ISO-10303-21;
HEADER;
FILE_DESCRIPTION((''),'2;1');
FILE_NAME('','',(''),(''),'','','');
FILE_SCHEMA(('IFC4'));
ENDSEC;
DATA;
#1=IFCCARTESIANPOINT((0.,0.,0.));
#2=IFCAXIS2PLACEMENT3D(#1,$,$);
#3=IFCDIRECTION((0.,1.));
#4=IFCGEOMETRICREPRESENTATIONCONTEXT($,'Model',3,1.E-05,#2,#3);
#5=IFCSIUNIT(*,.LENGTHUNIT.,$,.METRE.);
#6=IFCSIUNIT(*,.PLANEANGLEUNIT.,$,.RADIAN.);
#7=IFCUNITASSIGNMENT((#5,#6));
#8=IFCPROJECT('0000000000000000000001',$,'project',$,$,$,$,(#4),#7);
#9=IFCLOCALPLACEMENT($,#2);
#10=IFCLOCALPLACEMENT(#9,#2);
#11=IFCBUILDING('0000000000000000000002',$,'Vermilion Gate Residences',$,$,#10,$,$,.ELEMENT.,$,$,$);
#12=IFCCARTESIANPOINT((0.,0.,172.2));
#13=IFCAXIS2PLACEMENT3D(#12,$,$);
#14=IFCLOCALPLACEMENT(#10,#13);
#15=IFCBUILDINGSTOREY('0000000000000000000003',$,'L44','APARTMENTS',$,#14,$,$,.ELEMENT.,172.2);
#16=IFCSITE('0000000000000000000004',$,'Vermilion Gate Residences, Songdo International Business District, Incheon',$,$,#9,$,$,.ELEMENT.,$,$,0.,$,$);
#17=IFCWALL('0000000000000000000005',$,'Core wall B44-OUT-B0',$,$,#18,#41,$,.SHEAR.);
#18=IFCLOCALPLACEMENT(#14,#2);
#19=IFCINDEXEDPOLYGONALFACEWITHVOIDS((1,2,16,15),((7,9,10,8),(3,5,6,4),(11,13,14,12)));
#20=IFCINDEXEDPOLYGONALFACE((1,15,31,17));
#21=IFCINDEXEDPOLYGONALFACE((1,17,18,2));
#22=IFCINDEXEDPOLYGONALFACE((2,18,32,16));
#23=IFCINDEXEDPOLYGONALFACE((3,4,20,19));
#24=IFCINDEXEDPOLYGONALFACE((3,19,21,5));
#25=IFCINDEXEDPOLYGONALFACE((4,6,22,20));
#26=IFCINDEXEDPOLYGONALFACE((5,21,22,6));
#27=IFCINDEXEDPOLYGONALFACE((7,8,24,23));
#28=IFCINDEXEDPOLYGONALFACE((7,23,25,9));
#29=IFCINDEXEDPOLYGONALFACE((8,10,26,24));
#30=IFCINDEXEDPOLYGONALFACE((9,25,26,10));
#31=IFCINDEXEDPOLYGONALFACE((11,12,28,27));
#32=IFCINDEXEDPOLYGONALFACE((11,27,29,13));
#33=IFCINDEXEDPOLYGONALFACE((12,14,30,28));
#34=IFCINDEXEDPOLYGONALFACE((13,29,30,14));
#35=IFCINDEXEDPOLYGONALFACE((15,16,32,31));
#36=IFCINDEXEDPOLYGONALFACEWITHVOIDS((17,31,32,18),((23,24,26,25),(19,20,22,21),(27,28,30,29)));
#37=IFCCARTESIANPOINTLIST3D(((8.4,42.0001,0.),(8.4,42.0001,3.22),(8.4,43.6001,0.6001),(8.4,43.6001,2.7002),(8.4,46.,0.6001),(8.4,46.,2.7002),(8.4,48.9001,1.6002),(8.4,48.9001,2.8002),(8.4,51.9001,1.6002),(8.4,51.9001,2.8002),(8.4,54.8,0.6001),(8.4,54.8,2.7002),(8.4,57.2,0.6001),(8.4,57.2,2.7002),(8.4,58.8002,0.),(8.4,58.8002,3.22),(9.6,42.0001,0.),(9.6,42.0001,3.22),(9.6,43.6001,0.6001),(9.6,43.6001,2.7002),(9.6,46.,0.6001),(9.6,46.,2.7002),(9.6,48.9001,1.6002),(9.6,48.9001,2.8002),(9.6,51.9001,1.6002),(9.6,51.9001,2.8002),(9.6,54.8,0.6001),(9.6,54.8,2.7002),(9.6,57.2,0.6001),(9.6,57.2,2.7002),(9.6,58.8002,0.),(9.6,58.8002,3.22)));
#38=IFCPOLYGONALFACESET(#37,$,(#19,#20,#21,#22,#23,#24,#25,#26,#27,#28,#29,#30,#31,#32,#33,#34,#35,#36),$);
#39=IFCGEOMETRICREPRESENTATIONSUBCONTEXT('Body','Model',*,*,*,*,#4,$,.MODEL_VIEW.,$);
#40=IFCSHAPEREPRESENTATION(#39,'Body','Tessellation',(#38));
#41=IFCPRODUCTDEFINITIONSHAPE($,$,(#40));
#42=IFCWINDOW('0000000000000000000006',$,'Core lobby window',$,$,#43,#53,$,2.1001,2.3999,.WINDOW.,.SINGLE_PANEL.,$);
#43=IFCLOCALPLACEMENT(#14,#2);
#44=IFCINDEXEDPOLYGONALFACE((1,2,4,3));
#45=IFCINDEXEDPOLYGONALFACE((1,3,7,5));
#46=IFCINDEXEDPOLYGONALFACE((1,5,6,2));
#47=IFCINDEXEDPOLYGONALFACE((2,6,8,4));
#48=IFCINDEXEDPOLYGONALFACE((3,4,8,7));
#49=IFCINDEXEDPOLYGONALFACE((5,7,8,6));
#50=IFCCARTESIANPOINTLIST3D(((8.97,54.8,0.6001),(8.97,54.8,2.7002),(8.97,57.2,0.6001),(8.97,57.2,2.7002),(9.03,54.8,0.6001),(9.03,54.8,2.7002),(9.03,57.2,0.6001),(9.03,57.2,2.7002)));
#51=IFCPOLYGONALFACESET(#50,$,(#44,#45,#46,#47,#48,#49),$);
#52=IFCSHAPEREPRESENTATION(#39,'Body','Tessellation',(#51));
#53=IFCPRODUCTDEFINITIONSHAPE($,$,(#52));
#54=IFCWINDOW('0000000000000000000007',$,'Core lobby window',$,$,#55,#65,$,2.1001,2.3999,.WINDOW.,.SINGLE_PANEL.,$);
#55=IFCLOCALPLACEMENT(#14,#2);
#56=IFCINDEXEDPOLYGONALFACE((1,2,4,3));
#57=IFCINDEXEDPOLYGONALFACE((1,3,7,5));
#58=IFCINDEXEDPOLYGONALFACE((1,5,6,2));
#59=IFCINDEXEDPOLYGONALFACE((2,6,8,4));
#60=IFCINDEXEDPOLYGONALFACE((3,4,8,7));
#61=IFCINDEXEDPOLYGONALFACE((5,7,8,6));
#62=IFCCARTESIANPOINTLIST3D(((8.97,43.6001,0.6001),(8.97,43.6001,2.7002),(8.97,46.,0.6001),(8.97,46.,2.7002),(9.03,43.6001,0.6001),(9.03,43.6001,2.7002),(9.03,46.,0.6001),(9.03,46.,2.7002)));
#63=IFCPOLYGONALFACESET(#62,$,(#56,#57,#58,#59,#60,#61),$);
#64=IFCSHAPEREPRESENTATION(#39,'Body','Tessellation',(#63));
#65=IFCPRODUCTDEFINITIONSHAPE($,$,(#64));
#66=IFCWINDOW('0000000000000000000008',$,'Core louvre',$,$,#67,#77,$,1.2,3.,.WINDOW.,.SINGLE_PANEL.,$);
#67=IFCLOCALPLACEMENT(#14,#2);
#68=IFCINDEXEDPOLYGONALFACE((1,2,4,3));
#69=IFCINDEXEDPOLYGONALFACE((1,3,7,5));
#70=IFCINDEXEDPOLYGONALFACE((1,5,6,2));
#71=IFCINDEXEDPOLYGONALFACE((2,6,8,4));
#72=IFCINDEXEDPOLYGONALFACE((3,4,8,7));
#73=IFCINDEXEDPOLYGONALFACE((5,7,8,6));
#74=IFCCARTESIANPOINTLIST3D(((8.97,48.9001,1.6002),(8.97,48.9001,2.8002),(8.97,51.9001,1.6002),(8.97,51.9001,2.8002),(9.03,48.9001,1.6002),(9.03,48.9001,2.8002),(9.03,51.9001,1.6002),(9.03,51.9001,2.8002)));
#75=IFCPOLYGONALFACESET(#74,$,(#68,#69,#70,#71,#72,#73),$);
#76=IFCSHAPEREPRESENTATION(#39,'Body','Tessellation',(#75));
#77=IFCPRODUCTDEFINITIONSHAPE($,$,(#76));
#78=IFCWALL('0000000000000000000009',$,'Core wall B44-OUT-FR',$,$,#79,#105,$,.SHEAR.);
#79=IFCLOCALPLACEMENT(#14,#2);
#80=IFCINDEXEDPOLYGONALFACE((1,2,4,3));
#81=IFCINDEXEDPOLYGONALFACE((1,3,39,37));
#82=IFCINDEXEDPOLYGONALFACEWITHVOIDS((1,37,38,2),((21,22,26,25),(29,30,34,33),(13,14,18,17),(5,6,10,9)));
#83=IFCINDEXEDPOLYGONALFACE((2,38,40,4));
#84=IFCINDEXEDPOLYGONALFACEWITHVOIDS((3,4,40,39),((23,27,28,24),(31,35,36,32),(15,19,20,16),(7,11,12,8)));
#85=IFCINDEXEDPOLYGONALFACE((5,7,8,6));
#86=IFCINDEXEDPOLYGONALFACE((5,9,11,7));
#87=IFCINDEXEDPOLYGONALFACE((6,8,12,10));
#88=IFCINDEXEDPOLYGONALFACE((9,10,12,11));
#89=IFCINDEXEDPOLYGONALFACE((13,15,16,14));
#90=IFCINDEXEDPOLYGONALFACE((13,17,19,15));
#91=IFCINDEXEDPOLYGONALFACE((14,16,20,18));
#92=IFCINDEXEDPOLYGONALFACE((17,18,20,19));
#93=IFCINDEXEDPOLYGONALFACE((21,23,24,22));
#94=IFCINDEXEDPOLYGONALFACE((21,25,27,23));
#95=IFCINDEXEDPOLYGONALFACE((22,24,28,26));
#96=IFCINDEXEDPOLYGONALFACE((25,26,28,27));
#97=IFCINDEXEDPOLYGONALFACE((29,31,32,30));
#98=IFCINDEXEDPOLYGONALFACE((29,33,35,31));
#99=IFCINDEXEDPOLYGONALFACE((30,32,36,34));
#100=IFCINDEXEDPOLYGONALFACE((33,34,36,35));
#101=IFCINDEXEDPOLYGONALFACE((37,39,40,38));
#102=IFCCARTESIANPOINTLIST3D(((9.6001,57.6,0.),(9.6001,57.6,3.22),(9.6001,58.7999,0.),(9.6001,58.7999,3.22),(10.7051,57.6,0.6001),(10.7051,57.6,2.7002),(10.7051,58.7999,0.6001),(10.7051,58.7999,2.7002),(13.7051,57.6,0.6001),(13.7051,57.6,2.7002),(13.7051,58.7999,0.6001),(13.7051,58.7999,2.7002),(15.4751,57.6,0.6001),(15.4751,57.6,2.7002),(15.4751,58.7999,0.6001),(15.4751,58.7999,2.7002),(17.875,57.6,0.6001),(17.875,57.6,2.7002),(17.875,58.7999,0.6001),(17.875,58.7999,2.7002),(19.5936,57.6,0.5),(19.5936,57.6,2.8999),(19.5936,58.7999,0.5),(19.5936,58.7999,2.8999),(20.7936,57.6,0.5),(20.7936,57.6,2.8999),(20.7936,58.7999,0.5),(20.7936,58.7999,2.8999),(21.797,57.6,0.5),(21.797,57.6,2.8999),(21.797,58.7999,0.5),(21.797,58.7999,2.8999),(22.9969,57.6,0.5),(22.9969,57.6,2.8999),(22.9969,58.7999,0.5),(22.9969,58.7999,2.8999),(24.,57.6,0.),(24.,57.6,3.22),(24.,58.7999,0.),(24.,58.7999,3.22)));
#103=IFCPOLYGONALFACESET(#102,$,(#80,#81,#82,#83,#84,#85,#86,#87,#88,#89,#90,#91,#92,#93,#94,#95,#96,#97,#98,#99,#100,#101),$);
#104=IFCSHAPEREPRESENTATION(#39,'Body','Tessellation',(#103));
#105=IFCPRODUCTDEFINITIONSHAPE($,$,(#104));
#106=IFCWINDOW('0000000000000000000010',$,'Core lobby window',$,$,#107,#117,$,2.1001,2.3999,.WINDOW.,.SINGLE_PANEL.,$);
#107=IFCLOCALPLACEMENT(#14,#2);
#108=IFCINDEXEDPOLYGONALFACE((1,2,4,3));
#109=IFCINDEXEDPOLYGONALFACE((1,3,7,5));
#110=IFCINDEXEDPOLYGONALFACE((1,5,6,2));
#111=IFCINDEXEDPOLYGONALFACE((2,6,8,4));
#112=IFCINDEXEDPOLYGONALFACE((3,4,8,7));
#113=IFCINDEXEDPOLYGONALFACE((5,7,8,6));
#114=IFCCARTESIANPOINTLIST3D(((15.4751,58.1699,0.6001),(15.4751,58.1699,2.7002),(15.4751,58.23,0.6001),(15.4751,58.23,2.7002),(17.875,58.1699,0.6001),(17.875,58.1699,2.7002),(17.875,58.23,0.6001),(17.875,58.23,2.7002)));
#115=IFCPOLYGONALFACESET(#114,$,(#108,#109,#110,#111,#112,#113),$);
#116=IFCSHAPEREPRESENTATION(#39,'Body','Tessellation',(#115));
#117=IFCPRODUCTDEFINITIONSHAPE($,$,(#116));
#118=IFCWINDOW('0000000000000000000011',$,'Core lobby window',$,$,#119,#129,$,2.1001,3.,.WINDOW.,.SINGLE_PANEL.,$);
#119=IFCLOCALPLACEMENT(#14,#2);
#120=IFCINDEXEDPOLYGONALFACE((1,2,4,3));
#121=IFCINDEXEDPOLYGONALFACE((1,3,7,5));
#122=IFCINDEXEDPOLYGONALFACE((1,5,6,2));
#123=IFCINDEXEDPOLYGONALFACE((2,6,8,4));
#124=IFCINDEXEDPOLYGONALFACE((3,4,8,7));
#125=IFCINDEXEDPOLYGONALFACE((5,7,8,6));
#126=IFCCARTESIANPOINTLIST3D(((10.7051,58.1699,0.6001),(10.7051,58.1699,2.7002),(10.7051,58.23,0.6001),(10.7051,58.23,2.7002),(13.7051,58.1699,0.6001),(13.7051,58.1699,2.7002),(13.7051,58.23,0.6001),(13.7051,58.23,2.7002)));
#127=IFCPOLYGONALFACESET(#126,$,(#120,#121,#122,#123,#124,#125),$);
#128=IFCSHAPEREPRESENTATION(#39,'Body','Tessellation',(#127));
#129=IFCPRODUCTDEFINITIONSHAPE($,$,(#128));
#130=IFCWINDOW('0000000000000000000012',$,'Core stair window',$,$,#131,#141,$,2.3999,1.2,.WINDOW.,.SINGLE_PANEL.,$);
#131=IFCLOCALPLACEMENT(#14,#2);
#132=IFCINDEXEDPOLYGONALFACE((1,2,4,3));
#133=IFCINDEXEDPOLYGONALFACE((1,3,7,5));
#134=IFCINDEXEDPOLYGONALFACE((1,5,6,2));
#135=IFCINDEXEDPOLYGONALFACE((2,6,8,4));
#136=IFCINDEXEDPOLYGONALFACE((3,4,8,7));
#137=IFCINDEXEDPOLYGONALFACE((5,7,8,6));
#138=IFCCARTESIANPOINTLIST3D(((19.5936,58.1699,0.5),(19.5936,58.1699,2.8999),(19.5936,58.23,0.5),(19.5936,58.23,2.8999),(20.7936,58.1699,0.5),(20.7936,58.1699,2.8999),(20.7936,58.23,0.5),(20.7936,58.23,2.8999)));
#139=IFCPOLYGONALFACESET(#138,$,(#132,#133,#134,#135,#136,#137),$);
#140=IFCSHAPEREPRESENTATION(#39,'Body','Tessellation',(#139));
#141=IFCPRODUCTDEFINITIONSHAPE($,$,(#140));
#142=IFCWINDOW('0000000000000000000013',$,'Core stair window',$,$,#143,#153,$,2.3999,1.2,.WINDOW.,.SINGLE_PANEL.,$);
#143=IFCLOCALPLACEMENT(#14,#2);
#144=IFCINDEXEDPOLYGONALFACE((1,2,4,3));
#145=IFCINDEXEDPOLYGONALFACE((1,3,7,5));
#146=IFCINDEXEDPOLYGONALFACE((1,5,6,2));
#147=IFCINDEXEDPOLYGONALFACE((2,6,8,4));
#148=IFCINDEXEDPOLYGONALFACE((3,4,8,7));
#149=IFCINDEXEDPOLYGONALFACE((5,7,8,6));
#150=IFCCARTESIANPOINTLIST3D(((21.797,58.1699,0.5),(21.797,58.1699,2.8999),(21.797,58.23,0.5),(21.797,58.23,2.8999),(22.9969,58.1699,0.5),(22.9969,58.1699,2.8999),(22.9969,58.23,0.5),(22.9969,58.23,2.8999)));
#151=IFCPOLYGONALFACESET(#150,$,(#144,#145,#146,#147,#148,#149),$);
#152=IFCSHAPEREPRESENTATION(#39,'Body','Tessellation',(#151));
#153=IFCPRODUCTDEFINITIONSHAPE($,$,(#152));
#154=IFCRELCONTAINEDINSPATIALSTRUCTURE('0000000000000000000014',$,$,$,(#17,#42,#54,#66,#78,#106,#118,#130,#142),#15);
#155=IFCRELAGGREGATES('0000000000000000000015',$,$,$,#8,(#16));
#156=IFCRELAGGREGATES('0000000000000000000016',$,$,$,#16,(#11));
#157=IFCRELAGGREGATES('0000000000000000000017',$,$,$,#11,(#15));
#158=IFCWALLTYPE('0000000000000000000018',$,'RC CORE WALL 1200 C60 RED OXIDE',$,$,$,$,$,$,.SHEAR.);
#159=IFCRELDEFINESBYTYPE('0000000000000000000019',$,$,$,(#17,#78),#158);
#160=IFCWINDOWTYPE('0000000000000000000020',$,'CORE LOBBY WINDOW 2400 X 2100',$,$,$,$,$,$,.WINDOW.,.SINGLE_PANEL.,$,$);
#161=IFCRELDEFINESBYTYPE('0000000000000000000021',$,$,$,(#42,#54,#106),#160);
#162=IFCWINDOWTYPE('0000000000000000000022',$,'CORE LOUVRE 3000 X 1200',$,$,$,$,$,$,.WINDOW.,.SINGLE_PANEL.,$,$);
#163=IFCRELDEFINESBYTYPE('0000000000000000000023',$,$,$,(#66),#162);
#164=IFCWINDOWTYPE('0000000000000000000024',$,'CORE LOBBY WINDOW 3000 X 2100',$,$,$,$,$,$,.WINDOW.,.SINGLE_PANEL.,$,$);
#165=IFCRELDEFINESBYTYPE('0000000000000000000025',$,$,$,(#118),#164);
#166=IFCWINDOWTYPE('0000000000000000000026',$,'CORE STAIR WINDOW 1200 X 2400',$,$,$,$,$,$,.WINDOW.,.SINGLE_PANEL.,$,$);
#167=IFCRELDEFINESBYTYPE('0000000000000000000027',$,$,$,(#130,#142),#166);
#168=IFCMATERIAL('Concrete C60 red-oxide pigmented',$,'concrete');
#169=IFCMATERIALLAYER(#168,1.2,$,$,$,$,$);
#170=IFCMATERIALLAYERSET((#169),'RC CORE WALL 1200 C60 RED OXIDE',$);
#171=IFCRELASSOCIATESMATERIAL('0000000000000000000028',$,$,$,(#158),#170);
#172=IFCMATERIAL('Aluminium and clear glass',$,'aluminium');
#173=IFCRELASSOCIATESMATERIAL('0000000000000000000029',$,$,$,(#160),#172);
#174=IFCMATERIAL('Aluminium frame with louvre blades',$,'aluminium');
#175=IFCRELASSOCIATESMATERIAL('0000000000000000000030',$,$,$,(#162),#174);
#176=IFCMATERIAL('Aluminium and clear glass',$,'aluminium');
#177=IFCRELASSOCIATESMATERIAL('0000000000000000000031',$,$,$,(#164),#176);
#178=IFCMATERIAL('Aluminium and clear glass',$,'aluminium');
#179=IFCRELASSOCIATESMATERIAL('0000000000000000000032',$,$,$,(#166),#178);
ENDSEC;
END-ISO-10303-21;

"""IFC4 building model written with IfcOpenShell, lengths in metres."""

from ifc_helpers import new_model, si_unit, direction, frame, frame_2d, origin, place, context, subcontext, project, spatial, rectangle, extrude, material, layer, layer_set, type_object, element, fill, save


model = new_model("IFC4")

# Units and contexts
model_context = context("Model", 3, precision=1e-05, world=origin(), true_north=direction((0.0, 1.0)))
body_context = subcontext(model_context, "Body", "Model", "MODEL_VIEW")
ifc_project = project(units=[si_unit("LENGTHUNIT", "METRE"), si_unit("PLANEANGLEUNIT", "RADIAN")], contexts=[model_context])

# Site, building, storey
site_placement = place(None, origin())
site = spatial("IfcSite", under=ifc_project, at=site_placement, Name="Vermilion Gate Residences, Songdo International Business District, Incheon", CompositionType="ELEMENT", RefElevation=0.0)
building_placement = place(site_placement, origin())
building = spatial("IfcBuilding", under=site, at=building_placement, Name="Vermilion Gate Residences", CompositionType="ELEMENT")
storey_placement = place(building_placement, frame((0.0, 0.0, 172.2)))
storey = spatial("IfcBuildingStorey", under=building, at=storey_placement, Name="L44", Description="APARTMENTS", CompositionType="ELEMENT", Elevation=172.2)

# Walls, openings, windows
ifc_material_1 = material(Name="Concrete C60 red-oxide pigmented", Category="concrete")
ifc_layer_1 = layer(ifc_material_1, 1.2)
ifc_layer_set_1 = layer_set([ifc_layer_1], Name="RC CORE WALL 1200 C60 RED OXIDE")
wall_type_1 = type_object("IfcWallType", Name="RC CORE WALL 1200 C60 RED OXIDE", PredefinedType="SHEAR", material=ifc_layer_set_1)
wall_1_placement = place(storey_placement, frame((9.0, 58.8, 0.0), z_axis=(0.0, 0.0, 1.0), x_axis=(0.0, -1.0, 0.0)))
wall_1 = element("IfcWall", 1, at=wall_1_placement, inside=storey, type_object=wall_type_1, Name="Core wall B44-OUT-B0", PredefinedType="SHEAR", context=body_context, shape_type="SweptSolid", body=[
    extrude(rectangle(XDim=16.8, YDim=1.2, at=frame_2d((8.3999, 0.0))), origin(), (0.0, 0.0, 1.0), 3.22),
])
opening_1_placement = place(wall_1_placement, frame((1.6001, 0.0, 0.6001)))
opening_1 = element("IfcOpeningElement", 2, at=opening_1_placement, cuts=wall_1, PredefinedType="OPENING", context=body_context, shape_type="SweptSolid", body=[
    extrude(rectangle(XDim=2.3999, YDim=2.1001, at=frame_2d((1.2, 1.05))), frame((0.0, 0.6099, 0.0), z_axis=(0.0, -1.0, 0.0), x_axis=(1.0, 0.0, 0.0)), (0.0, 0.0, 1.0), 1.22),
])
opening_2_placement = place(wall_1_placement, frame((6.8999, 0.0, 1.6001)))
opening_2 = element("IfcOpeningElement", 3, at=opening_2_placement, cuts=wall_1, PredefinedType="OPENING", context=body_context, shape_type="SweptSolid", body=[
    extrude(rectangle(XDim=3.0, YDim=1.2, at=frame_2d((1.5, 0.6001))), frame((0.0, 0.6099, 0.0), z_axis=(0.0, -1.0, 0.0), x_axis=(1.0, 0.0, 0.0)), (0.0, 0.0, 1.0), 1.22),
])
opening_3_placement = place(wall_1_placement, frame((12.8, 0.0, 0.6001)))
opening_3 = element("IfcOpeningElement", 4, at=opening_3_placement, cuts=wall_1, PredefinedType="OPENING", context=body_context, shape_type="SweptSolid", body=[
    extrude(rectangle(XDim=2.3999, YDim=2.1001, at=frame_2d((1.2, 1.05))), frame((0.0, 0.6099, 0.0), z_axis=(0.0, -1.0, 0.0), x_axis=(1.0, 0.0, 0.0)), (0.0, 0.0, 1.0), 1.22),
])
ifc_material_2 = material(Name="Aluminium and clear glass", Category="aluminium")
window_type_1 = type_object("IfcWindowType", Name="CORE LOBBY WINDOW 2400 X 2100", PartitioningType="SINGLE_PANEL", PredefinedType="WINDOW", material=ifc_material_2)
window_1_placement = place(opening_1_placement, origin())
window_1 = element("IfcWindow", 5, at=window_1_placement, inside=storey, type_object=window_type_1, Name="Core lobby window", OverallHeight=2.1001, OverallWidth=2.3999, PartitioningType="SINGLE_PANEL", PredefinedType="WINDOW", context=body_context, shape_type="SweptSolid", body=[
    extrude(rectangle(XDim=2.3999, YDim=2.1001, at=frame_2d((1.2, 1.05))), frame((0.0, 0.03, 0.0), z_axis=(0.0, -1.0, 0.0), x_axis=(1.0, 0.0, 0.0)), (0.0, 0.0, 1.0), 0.0601),
])
fill(opening_1, window_1)
window_2_placement = place(opening_3_placement, origin())
window_2 = element("IfcWindow", 6, at=window_2_placement, inside=storey, type_object=window_type_1, Name="Core lobby window", OverallHeight=2.1001, OverallWidth=2.3999, PartitioningType="SINGLE_PANEL", PredefinedType="WINDOW", context=body_context, shape_type="SweptSolid", body=[
    extrude(rectangle(XDim=2.3999, YDim=2.1001, at=frame_2d((1.2, 1.05))), frame((0.0, 0.03, 0.0), z_axis=(0.0, -1.0, 0.0), x_axis=(1.0, 0.0, 0.0)), (0.0, 0.0, 1.0), 0.0601),
])
fill(opening_3, window_2)
ifc_material_3 = material(Name="Aluminium frame with louvre blades", Category="aluminium")
window_type_2 = type_object("IfcWindowType", Name="CORE LOUVRE 3000 X 1200", PartitioningType="SINGLE_PANEL", PredefinedType="WINDOW", material=ifc_material_3)
window_3_placement = place(opening_2_placement, origin())
window_3 = element("IfcWindow", 7, at=window_3_placement, inside=storey, type_object=window_type_2, Name="Core louvre", OverallHeight=1.2, OverallWidth=3.0, PartitioningType="SINGLE_PANEL", PredefinedType="WINDOW", context=body_context, shape_type="SweptSolid", body=[
    extrude(rectangle(XDim=3.0, YDim=1.2, at=frame_2d((1.5, 0.6001))), frame((0.0, 0.03, 0.0), z_axis=(0.0, -1.0, 0.0), x_axis=(1.0, 0.0, 0.0)), (0.0, 0.0, 1.0), 0.0601),
])
fill(opening_2, window_3)
wall_2_placement = place(storey_placement, frame((9.6001, 58.2, 0.0), z_axis=(0.0, 0.0, 1.0), x_axis=(1.0, 0.0, 0.0)))
wall_2 = element("IfcWall", 8, at=wall_2_placement, inside=storey, type_object=wall_type_1, Name="Core wall B44-OUT-FR", PredefinedType="SHEAR", context=body_context, shape_type="SweptSolid", body=[
    extrude(rectangle(XDim=14.3999, YDim=1.2, at=frame_2d((7.2, 0.0))), origin(), (0.0, 0.0, 1.0), 3.22),
])
opening_4_placement = place(wall_2_placement, frame((1.105, 0.0, 0.6001)))
opening_4 = element("IfcOpeningElement", 9, at=opening_4_placement, cuts=wall_2, PredefinedType="OPENING", context=body_context, shape_type="SweptSolid", body=[
    extrude(rectangle(XDim=3.0, YDim=2.1001, at=frame_2d((1.5, 1.05))), frame((0.0, 0.6099, 0.0), z_axis=(0.0, -1.0, 0.0), x_axis=(1.0, 0.0, 0.0)), (0.0, 0.0, 1.0), 1.22),
])
opening_5_placement = place(wall_2_placement, frame((5.875, 0.0, 0.6001)))
opening_5 = element("IfcOpeningElement", 10, at=opening_5_placement, cuts=wall_2, PredefinedType="OPENING", context=body_context, shape_type="SweptSolid", body=[
    extrude(rectangle(XDim=2.3999, YDim=2.1001, at=frame_2d((1.2, 1.05))), frame((0.0, 0.6099, 0.0), z_axis=(0.0, -1.0, 0.0), x_axis=(1.0, 0.0, 0.0)), (0.0, 0.0, 1.0), 1.22),
])
opening_6_placement = place(wall_2_placement, frame((9.9934, 0.0, 0.5)))
opening_6 = element("IfcOpeningElement", 11, at=opening_6_placement, cuts=wall_2, PredefinedType="OPENING", context=body_context, shape_type="SweptSolid", body=[
    extrude(rectangle(XDim=1.2, YDim=2.3999, at=frame_2d((0.6001, 1.2))), frame((0.0, 0.6099, 0.0), z_axis=(0.0, -1.0, 0.0), x_axis=(1.0, 0.0, 0.0)), (0.0, 0.0, 1.0), 1.22),
])
opening_7_placement = place(wall_2_placement, frame((12.1968, 0.0, 0.5)))
opening_7 = element("IfcOpeningElement", 12, at=opening_7_placement, cuts=wall_2, PredefinedType="OPENING", context=body_context, shape_type="SweptSolid", body=[
    extrude(rectangle(XDim=1.2, YDim=2.3999, at=frame_2d((0.6001, 1.2))), frame((0.0, 0.6099, 0.0), z_axis=(0.0, -1.0, 0.0), x_axis=(1.0, 0.0, 0.0)), (0.0, 0.0, 1.0), 1.22),
])
window_4_placement = place(opening_5_placement, origin())
window_4 = element("IfcWindow", 13, at=window_4_placement, inside=storey, type_object=window_type_1, Name="Core lobby window", OverallHeight=2.1001, OverallWidth=2.3999, PartitioningType="SINGLE_PANEL", PredefinedType="WINDOW", context=body_context, shape_type="SweptSolid", body=[
    extrude(rectangle(XDim=2.3999, YDim=2.1001, at=frame_2d((1.2, 1.05))), frame((0.0, 0.03, 0.0), z_axis=(0.0, -1.0, 0.0), x_axis=(1.0, 0.0, 0.0)), (0.0, 0.0, 1.0), 0.0601),
])
fill(opening_5, window_4)
ifc_material_4 = material(Name="Aluminium and clear glass", Category="aluminium")
window_type_3 = type_object("IfcWindowType", Name="CORE LOBBY WINDOW 3000 X 2100", PartitioningType="SINGLE_PANEL", PredefinedType="WINDOW", material=ifc_material_4)
window_5_placement = place(opening_4_placement, origin())
window_5 = element("IfcWindow", 14, at=window_5_placement, inside=storey, type_object=window_type_3, Name="Core lobby window", OverallHeight=2.1001, OverallWidth=3.0, PartitioningType="SINGLE_PANEL", PredefinedType="WINDOW", context=body_context, shape_type="SweptSolid", body=[
    extrude(rectangle(XDim=3.0, YDim=2.1001, at=frame_2d((1.5, 1.05))), frame((0.0, 0.03, 0.0), z_axis=(0.0, -1.0, 0.0), x_axis=(1.0, 0.0, 0.0)), (0.0, 0.0, 1.0), 0.0601),
])
fill(opening_4, window_5)
ifc_material_5 = material(Name="Aluminium and clear glass", Category="aluminium")
window_type_4 = type_object("IfcWindowType", Name="CORE STAIR WINDOW 1200 X 2400", PartitioningType="SINGLE_PANEL", PredefinedType="WINDOW", material=ifc_material_5)
window_6_placement = place(opening_6_placement, origin())
window_6 = element("IfcWindow", 15, at=window_6_placement, inside=storey, type_object=window_type_4, Name="Core stair window", OverallHeight=2.3999, OverallWidth=1.2, PartitioningType="SINGLE_PANEL", PredefinedType="WINDOW", context=body_context, shape_type="SweptSolid", body=[
    extrude(rectangle(XDim=1.2, YDim=2.3999, at=frame_2d((0.6001, 1.2))), frame((0.0, 0.03, 0.0), z_axis=(0.0, -1.0, 0.0), x_axis=(1.0, 0.0, 0.0)), (0.0, 0.0, 1.0), 0.0601),
])
fill(opening_6, window_6)
window_7_placement = place(opening_7_placement, origin())
window_7 = element("IfcWindow", 16, at=window_7_placement, inside=storey, type_object=window_type_4, Name="Core stair window", OverallHeight=2.3999, OverallWidth=1.2, PartitioningType="SINGLE_PANEL", PredefinedType="WINDOW", context=body_context, shape_type="SweptSolid", body=[
    extrude(rectangle(XDim=1.2, YDim=2.3999, at=frame_2d((0.6001, 1.2))), frame((0.0, 0.03, 0.0), z_axis=(0.0, -1.0, 0.0), x_axis=(1.0, 0.0, 0.0)), (0.0, 0.0, 1.0), 0.0601),
])
fill(opening_7, window_7)

save(model, "model.ifc")
